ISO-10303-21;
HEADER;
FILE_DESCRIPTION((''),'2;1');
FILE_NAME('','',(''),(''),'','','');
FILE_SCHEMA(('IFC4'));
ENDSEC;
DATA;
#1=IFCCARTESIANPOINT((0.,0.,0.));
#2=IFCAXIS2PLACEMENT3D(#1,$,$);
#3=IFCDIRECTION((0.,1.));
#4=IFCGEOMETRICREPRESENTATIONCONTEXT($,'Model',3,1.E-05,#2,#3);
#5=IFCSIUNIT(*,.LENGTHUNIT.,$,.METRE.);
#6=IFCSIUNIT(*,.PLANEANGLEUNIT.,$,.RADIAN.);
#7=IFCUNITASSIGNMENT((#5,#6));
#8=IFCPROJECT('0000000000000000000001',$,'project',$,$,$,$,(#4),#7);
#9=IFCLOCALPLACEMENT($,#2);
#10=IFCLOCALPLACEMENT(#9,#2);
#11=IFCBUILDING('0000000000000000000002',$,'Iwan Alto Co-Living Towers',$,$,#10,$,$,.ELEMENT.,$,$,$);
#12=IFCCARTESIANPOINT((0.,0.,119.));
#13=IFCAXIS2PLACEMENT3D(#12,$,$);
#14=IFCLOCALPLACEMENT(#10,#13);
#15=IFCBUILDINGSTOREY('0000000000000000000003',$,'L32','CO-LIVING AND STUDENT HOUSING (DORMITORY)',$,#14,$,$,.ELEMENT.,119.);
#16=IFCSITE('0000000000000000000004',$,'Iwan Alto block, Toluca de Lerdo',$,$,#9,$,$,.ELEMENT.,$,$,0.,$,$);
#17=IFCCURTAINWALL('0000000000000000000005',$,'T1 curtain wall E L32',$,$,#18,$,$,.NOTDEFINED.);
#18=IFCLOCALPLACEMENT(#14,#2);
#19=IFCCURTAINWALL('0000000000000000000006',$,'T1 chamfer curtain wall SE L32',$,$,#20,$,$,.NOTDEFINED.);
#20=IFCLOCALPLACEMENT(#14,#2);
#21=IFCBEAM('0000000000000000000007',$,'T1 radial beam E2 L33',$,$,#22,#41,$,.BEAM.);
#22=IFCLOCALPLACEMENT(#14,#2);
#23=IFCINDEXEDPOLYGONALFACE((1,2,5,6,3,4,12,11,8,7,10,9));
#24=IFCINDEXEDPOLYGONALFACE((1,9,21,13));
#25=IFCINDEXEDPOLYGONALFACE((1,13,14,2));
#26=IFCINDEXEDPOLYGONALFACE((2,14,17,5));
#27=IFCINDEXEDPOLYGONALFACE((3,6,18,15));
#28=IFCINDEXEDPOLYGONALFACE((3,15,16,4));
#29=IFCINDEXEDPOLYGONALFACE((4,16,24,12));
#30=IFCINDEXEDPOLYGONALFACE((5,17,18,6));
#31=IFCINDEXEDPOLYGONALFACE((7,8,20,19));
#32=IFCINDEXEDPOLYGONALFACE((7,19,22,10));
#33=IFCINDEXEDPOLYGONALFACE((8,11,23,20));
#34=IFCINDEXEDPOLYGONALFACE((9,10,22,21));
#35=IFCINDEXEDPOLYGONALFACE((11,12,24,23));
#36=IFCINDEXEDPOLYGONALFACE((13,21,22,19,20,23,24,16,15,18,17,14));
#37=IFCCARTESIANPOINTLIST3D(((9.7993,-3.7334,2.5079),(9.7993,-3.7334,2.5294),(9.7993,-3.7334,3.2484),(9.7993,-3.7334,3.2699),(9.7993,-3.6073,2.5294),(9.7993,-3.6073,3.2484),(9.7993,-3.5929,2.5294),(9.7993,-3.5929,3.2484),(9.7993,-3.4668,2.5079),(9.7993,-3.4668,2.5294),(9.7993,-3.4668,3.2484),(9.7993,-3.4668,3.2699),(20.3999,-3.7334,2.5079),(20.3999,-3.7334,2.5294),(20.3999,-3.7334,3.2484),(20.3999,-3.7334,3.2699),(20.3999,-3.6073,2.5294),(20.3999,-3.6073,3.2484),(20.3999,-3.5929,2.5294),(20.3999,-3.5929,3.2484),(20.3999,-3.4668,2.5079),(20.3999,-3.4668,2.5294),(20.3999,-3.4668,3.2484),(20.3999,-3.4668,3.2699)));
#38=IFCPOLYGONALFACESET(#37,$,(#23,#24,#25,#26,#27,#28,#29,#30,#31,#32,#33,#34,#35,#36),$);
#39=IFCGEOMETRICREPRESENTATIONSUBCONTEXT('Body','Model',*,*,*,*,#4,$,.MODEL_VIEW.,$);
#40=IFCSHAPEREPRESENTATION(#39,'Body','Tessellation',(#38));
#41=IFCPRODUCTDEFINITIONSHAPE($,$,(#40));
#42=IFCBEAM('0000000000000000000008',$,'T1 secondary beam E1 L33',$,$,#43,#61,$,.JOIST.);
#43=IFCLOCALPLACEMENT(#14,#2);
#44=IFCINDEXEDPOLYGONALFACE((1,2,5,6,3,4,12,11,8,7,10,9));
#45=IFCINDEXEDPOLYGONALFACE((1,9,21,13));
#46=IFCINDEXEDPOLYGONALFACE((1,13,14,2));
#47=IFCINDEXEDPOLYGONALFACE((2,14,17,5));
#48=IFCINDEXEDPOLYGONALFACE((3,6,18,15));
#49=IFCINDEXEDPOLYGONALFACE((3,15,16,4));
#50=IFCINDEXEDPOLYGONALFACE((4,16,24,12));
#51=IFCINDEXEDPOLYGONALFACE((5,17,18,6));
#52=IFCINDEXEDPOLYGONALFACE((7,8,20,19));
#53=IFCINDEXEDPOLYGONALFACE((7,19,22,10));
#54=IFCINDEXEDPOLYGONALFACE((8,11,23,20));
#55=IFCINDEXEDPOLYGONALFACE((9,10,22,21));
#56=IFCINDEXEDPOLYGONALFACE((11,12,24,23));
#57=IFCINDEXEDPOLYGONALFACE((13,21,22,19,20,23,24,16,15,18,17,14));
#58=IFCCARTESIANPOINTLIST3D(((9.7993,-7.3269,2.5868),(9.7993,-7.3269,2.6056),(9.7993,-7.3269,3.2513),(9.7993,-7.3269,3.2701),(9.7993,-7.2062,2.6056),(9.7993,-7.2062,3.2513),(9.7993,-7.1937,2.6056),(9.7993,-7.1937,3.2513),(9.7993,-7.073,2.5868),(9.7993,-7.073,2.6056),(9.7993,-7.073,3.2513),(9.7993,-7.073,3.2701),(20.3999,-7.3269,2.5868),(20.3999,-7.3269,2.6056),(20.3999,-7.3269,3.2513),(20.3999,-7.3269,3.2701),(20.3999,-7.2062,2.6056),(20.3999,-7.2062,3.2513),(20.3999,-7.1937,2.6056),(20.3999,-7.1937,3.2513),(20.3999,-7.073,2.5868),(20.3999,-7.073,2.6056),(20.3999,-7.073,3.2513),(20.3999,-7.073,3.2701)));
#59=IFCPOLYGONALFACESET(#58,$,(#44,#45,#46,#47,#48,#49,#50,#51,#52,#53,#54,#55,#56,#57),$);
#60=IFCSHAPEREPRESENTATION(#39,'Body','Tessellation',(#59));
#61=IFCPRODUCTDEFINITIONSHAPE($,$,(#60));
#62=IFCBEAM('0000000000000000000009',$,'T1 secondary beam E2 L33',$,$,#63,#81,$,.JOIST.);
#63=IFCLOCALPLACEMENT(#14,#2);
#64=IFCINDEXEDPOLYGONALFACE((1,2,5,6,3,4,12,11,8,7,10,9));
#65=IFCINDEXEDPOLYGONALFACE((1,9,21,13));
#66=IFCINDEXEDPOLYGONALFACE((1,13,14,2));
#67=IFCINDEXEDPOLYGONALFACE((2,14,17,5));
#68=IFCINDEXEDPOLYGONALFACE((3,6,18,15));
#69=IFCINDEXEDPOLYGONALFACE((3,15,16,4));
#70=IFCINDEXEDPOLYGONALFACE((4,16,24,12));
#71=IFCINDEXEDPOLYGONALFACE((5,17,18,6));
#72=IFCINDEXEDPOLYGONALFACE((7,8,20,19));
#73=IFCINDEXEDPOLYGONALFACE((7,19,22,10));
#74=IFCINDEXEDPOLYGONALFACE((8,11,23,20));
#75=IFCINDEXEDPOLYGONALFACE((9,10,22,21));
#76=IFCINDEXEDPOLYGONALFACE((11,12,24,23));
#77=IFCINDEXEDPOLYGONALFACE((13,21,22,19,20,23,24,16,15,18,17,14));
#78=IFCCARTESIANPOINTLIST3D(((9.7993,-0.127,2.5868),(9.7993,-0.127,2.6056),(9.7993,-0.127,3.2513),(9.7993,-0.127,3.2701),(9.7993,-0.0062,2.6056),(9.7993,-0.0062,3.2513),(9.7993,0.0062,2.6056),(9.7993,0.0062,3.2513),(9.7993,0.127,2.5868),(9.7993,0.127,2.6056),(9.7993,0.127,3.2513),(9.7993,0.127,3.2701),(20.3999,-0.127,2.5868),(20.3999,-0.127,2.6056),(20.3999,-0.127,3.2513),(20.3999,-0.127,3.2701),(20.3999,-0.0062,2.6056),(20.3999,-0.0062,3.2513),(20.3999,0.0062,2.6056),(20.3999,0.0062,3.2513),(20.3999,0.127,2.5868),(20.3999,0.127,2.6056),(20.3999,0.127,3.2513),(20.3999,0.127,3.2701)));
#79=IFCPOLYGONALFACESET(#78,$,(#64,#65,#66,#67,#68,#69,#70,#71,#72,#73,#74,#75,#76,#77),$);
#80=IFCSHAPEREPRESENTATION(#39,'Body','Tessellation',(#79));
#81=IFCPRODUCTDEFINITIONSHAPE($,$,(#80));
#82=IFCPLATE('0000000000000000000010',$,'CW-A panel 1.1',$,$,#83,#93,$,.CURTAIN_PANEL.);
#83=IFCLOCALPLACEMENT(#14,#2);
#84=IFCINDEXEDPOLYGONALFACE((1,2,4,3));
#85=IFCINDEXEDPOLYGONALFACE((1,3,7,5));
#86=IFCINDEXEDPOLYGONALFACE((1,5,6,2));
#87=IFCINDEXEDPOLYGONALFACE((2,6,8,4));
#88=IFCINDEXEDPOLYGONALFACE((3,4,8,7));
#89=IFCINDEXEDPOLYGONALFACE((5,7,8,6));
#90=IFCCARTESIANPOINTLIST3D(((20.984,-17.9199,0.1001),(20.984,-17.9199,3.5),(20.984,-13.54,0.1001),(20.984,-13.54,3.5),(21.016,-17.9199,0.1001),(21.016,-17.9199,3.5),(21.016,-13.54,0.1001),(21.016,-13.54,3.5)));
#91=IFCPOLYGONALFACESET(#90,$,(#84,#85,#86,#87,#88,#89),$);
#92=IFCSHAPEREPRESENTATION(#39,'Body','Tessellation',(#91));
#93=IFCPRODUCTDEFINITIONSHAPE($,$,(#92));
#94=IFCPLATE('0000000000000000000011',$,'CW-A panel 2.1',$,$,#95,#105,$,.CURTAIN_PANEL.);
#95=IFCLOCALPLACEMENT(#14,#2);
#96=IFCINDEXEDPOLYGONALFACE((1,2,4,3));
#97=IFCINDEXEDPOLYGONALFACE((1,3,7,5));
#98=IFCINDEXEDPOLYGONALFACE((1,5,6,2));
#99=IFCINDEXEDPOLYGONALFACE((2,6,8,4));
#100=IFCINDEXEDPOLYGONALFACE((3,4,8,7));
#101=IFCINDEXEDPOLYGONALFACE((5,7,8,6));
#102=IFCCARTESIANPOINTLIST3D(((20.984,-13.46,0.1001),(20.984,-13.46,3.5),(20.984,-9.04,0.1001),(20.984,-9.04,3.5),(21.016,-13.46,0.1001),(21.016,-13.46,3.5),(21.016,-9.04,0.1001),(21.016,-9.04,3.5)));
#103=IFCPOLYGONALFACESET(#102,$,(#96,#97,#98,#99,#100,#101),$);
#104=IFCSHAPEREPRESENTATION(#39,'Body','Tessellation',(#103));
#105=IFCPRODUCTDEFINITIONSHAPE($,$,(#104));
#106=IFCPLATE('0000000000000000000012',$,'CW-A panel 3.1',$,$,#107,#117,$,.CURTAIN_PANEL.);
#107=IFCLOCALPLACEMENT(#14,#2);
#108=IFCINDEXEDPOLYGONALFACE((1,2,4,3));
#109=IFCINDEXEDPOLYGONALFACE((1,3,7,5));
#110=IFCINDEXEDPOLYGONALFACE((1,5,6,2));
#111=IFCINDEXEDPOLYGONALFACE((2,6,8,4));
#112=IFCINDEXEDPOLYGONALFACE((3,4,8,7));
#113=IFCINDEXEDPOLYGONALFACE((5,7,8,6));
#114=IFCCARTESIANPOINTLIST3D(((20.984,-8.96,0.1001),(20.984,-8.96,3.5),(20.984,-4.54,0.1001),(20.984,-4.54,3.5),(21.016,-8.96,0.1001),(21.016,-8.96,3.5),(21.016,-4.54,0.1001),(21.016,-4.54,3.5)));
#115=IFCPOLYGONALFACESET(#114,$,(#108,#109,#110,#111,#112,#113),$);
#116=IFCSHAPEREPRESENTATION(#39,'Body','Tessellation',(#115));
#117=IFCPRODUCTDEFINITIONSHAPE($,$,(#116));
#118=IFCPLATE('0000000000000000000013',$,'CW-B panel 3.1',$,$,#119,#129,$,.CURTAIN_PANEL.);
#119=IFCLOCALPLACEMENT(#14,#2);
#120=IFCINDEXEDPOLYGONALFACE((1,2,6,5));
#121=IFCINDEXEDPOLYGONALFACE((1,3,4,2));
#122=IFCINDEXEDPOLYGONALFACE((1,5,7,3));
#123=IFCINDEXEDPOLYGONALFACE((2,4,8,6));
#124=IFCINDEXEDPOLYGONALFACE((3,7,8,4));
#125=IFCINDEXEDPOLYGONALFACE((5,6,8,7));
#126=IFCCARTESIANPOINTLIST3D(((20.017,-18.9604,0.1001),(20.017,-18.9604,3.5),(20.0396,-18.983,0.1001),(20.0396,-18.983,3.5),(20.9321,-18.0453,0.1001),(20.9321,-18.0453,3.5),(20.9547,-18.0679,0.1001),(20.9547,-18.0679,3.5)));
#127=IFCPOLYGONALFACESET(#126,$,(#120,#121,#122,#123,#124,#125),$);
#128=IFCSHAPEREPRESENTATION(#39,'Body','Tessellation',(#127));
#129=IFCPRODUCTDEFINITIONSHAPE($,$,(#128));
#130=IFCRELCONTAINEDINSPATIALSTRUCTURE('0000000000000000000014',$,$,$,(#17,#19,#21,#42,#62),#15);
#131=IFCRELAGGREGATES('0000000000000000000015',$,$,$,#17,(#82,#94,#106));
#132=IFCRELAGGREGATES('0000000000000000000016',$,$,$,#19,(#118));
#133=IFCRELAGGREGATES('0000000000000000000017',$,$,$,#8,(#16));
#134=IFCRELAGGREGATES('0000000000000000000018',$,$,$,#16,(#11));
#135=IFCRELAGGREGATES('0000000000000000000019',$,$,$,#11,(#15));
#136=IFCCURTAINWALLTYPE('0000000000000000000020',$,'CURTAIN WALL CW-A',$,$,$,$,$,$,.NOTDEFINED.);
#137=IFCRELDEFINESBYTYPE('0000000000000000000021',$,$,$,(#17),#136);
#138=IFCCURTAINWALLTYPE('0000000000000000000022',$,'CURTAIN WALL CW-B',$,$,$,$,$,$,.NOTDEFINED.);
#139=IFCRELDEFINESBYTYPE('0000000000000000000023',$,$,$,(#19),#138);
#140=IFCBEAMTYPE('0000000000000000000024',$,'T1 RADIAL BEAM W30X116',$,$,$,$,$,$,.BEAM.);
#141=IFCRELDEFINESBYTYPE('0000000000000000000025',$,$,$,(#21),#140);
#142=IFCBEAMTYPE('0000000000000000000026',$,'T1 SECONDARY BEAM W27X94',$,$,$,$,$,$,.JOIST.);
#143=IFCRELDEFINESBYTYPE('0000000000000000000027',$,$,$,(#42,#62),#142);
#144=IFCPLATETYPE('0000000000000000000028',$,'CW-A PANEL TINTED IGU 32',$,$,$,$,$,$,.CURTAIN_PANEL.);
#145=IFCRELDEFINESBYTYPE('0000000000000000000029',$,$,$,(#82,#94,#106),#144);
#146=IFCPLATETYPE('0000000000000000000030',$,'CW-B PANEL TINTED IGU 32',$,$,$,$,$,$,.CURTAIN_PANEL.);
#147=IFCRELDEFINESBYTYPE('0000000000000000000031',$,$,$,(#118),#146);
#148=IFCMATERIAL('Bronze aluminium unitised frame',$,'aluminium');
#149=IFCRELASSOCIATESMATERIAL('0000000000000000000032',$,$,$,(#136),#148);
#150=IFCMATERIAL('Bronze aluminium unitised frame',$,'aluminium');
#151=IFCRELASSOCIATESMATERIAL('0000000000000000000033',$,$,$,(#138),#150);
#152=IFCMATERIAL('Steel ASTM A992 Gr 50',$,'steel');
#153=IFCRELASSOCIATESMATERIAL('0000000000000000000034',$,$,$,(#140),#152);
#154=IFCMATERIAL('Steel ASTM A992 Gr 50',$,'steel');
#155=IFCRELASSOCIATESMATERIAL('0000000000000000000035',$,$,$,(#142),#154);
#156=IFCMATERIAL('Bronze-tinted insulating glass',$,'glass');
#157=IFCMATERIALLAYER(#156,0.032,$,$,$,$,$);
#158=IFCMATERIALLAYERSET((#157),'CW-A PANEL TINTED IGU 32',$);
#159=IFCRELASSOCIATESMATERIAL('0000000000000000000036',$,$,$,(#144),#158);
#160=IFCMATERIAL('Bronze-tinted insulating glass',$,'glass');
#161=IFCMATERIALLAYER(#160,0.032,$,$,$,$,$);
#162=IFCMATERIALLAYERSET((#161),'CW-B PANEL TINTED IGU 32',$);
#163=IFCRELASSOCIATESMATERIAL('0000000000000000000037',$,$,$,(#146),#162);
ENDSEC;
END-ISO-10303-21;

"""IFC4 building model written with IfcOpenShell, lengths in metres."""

from ifc_helpers import new_model, si_unit, direction, frame, origin, origin_2d, place, context, subcontext, project, spatial, rectangle, i_section, extrude, material, layer, layer_set, material_profile, profile_set, type_object, element, aggregate, save


model = new_model("IFC4")

# Units and contexts
model_context = context("Model", 3, precision=1e-05, world=origin(), true_north=direction((0.0, 1.0)))
body_context = subcontext(model_context, "Body", "Model", "MODEL_VIEW")
ifc_project = project(units=[si_unit("LENGTHUNIT", "METRE"), si_unit("PLANEANGLEUNIT", "RADIAN")], contexts=[model_context])

# Site, building, storey
site_placement = place(None, origin())
site = spatial("IfcSite", under=ifc_project, at=site_placement, Name="Iwan Alto block, Toluca de Lerdo", CompositionType="ELEMENT", RefElevation=0.0)
building_placement = place(site_placement, origin())
building = spatial("IfcBuilding", under=site, at=building_placement, Name="Iwan Alto Co-Living Towers", CompositionType="ELEMENT")
storey_placement = place(building_placement, frame((0.0, 0.0, 119.0)))
storey = spatial("IfcBuildingStorey", under=building, at=storey_placement, Name="L32", Description="CO-LIVING AND STUDENT HOUSING (DORMITORY)", CompositionType="ELEMENT", Elevation=119.0)

# Curtain wall
ifc_material_1 = material(Name="Bronze aluminium unitised frame", Category="aluminium")
curtain_wall_type_1 = type_object("IfcCurtainWallType", Name="CURTAIN WALL CW-A", PredefinedType="NOTDEFINED", material=ifc_material_1)
curtain_wall_1_placement = place(storey_placement, origin())
curtain_wall_1 = element("IfcCurtainWall", 1, at=curtain_wall_1_placement, inside=storey, type_object=curtain_wall_type_1, Name="T1 curtain wall E L32", PredefinedType="NOTDEFINED")

# Curtain wall
ifc_material_2 = material(Name="Bronze aluminium unitised frame", Category="aluminium")
curtain_wall_type_2 = type_object("IfcCurtainWallType", Name="CURTAIN WALL CW-B", PredefinedType="NOTDEFINED", material=ifc_material_2)
curtain_wall_2_placement = place(storey_placement, origin())
curtain_wall_2 = element("IfcCurtainWall", 2, at=curtain_wall_2_placement, inside=storey, type_object=curtain_wall_type_2, Name="T1 chamfer curtain wall SE L32", PredefinedType="NOTDEFINED")

# Beams
ifc_material_3 = material(Name="Steel ASTM A992 Gr 50", Category="steel")
ifc_material_profile_1 = material_profile(ifc_material_3, i_section(OverallWidth=0.2666, OverallDepth=0.762, WebThickness=0.0144, FlangeThickness=0.0215, at=origin_2d()), Name="W30X116")
ifc_profile_set_1 = profile_set([ifc_material_profile_1], Name="Steel ASTM A992 Gr 50")
beam_type_1 = type_object("IfcBeamType", Name="T1 RADIAL BEAM W30X116", PredefinedType="BEAM", material=ifc_profile_set_1)
beam_1_placement = place(storey_placement, frame((20.3999, -3.6001, 2.8889), z_axis=(-1.0, 0.0, 0.0), x_axis=(0.0, -1.0, 0.0)))
element("IfcBeam", 3, at=beam_1_placement, inside=storey, type_object=beam_type_1, Name="T1 radial beam E2 L33", PredefinedType="BEAM", context=body_context, shape_type="SweptSolid", body=[
    extrude(i_section(OverallWidth=0.2666, OverallDepth=0.762, WebThickness=0.0144, FlangeThickness=0.0215, at=origin_2d()), origin(), (0.0, 0.0, 1.0), 10.6006),
])
ifc_material_4 = material(Name="Steel ASTM A992 Gr 50", Category="steel")
ifc_material_profile_2 = material_profile(ifc_material_4, i_section(OverallWidth=0.2539, OverallDepth=0.6833, WebThickness=0.0125, FlangeThickness=0.0188, at=origin_2d()), Name="W27X94")
ifc_profile_set_2 = profile_set([ifc_material_profile_2], Name="Steel ASTM A992 Gr 50")
beam_type_2 = type_object("IfcBeamType", Name="T1 SECONDARY BEAM W27X94", PredefinedType="JOIST", material=ifc_profile_set_2)
for number, where, z_axis, x_axis, name in (
    (4, (20.3999, -7.2, 2.9285), (-1.0, 0.0, 0.0), (0.0, -1.0, 0.0), "T1 secondary beam E1 L33"),
    (5, (20.3999, 0.0, 2.9285), (-1.0, 0.0, 0.0), (0.0, -1.0, 0.0), "T1 secondary beam E2 L33"),
):
    element("IfcBeam", number, at=place(storey_placement, frame(where, z_axis=z_axis, x_axis=x_axis)), inside=storey, type_object=beam_type_2, Name=name, PredefinedType="JOIST", context=body_context, shape_type="SweptSolid", body=[
        extrude(i_section(OverallWidth=0.2539, OverallDepth=0.6833, WebThickness=0.0125, FlangeThickness=0.0188, at=origin_2d()), origin(), (0.0, 0.0, 1.0), 10.6006),
    ])

# Plates
ifc_material_5 = material(Name="Bronze-tinted insulating glass", Category="glass")
ifc_layer_1 = layer(ifc_material_5, 0.032)
ifc_layer_set_1 = layer_set([ifc_layer_1], Name="CW-A PANEL TINTED IGU 32")
plate_type_1 = type_object("IfcPlateType", Name="CW-A PANEL TINTED IGU 32", PredefinedType="CURTAIN_PANEL", material=ifc_layer_set_1)
plate_1_placement = place(storey_placement, frame((21.0, -15.73, 0.1001), z_axis=(0.0, 0.0, 1.0), x_axis=(0.0, 1.0, 0.0)))
plate_1 = element("IfcPlate", 6, at=plate_1_placement, type_object=plate_type_1, Name="CW-A panel 1.1", PredefinedType="CURTAIN_PANEL", context=body_context, shape_type="SweptSolid", body=[
    extrude(rectangle(XDim=4.3799, YDim=0.032, at=origin_2d()), origin(), (0.0, 0.0, 1.0), 3.3999),
])
plate_2_placement = place(storey_placement, frame((21.0, -11.25, 0.1001), z_axis=(0.0, 0.0, 1.0), x_axis=(0.0, 1.0, 0.0)))
plate_2 = element("IfcPlate", 7, at=plate_2_placement, type_object=plate_type_1, Name="CW-A panel 2.1", PredefinedType="CURTAIN_PANEL", context=body_context, shape_type="SweptSolid", body=[
    extrude(rectangle(XDim=4.4199, YDim=0.032, at=origin_2d()), origin(), (0.0, 0.0, 1.0), 3.3999),
])
plate_3_placement = place(storey_placement, frame((21.0, -6.75, 0.1001), z_axis=(0.0, 0.0, 1.0), x_axis=(0.0, 1.0, 0.0)))
plate_3 = element("IfcPlate", 8, at=plate_3_placement, type_object=plate_type_1, Name="CW-A panel 3.1", PredefinedType="CURTAIN_PANEL", context=body_context, shape_type="SweptSolid", body=[
    extrude(rectangle(XDim=4.4199, YDim=0.032, at=origin_2d()), origin(), (0.0, 0.0, 1.0), 3.3999),
])
aggregate(curtain_wall_1, [plate_1, plate_2, plate_3])
ifc_material_6 = material(Name="Bronze-tinted insulating glass", Category="glass")
ifc_layer_2 = layer(ifc_material_6, 0.032)
ifc_layer_set_2 = layer_set([ifc_layer_2], Name="CW-B PANEL TINTED IGU 32")
plate_type_2 = type_object("IfcPlateType", Name="CW-B PANEL TINTED IGU 32", PredefinedType="CURTAIN_PANEL", material=ifc_layer_set_2)
plate_4_placement = place(storey_placement, frame((20.4858, -18.5142, 0.1001), z_axis=(0.0, 0.0, 1.0), x_axis=(0.707107, 0.707107, 0.0)))
plate_4 = element("IfcPlate", 9, at=plate_4_placement, type_object=plate_type_2, Name="CW-B panel 3.1", PredefinedType="CURTAIN_PANEL", context=body_context, shape_type="SweptSolid", body=[
    extrude(rectangle(XDim=1.2942, YDim=0.032, at=origin_2d()), origin(), (0.0, 0.0, 1.0), 3.3999),
])
aggregate(curtain_wall_2, [plate_4])

save(model, "model.ifc")
